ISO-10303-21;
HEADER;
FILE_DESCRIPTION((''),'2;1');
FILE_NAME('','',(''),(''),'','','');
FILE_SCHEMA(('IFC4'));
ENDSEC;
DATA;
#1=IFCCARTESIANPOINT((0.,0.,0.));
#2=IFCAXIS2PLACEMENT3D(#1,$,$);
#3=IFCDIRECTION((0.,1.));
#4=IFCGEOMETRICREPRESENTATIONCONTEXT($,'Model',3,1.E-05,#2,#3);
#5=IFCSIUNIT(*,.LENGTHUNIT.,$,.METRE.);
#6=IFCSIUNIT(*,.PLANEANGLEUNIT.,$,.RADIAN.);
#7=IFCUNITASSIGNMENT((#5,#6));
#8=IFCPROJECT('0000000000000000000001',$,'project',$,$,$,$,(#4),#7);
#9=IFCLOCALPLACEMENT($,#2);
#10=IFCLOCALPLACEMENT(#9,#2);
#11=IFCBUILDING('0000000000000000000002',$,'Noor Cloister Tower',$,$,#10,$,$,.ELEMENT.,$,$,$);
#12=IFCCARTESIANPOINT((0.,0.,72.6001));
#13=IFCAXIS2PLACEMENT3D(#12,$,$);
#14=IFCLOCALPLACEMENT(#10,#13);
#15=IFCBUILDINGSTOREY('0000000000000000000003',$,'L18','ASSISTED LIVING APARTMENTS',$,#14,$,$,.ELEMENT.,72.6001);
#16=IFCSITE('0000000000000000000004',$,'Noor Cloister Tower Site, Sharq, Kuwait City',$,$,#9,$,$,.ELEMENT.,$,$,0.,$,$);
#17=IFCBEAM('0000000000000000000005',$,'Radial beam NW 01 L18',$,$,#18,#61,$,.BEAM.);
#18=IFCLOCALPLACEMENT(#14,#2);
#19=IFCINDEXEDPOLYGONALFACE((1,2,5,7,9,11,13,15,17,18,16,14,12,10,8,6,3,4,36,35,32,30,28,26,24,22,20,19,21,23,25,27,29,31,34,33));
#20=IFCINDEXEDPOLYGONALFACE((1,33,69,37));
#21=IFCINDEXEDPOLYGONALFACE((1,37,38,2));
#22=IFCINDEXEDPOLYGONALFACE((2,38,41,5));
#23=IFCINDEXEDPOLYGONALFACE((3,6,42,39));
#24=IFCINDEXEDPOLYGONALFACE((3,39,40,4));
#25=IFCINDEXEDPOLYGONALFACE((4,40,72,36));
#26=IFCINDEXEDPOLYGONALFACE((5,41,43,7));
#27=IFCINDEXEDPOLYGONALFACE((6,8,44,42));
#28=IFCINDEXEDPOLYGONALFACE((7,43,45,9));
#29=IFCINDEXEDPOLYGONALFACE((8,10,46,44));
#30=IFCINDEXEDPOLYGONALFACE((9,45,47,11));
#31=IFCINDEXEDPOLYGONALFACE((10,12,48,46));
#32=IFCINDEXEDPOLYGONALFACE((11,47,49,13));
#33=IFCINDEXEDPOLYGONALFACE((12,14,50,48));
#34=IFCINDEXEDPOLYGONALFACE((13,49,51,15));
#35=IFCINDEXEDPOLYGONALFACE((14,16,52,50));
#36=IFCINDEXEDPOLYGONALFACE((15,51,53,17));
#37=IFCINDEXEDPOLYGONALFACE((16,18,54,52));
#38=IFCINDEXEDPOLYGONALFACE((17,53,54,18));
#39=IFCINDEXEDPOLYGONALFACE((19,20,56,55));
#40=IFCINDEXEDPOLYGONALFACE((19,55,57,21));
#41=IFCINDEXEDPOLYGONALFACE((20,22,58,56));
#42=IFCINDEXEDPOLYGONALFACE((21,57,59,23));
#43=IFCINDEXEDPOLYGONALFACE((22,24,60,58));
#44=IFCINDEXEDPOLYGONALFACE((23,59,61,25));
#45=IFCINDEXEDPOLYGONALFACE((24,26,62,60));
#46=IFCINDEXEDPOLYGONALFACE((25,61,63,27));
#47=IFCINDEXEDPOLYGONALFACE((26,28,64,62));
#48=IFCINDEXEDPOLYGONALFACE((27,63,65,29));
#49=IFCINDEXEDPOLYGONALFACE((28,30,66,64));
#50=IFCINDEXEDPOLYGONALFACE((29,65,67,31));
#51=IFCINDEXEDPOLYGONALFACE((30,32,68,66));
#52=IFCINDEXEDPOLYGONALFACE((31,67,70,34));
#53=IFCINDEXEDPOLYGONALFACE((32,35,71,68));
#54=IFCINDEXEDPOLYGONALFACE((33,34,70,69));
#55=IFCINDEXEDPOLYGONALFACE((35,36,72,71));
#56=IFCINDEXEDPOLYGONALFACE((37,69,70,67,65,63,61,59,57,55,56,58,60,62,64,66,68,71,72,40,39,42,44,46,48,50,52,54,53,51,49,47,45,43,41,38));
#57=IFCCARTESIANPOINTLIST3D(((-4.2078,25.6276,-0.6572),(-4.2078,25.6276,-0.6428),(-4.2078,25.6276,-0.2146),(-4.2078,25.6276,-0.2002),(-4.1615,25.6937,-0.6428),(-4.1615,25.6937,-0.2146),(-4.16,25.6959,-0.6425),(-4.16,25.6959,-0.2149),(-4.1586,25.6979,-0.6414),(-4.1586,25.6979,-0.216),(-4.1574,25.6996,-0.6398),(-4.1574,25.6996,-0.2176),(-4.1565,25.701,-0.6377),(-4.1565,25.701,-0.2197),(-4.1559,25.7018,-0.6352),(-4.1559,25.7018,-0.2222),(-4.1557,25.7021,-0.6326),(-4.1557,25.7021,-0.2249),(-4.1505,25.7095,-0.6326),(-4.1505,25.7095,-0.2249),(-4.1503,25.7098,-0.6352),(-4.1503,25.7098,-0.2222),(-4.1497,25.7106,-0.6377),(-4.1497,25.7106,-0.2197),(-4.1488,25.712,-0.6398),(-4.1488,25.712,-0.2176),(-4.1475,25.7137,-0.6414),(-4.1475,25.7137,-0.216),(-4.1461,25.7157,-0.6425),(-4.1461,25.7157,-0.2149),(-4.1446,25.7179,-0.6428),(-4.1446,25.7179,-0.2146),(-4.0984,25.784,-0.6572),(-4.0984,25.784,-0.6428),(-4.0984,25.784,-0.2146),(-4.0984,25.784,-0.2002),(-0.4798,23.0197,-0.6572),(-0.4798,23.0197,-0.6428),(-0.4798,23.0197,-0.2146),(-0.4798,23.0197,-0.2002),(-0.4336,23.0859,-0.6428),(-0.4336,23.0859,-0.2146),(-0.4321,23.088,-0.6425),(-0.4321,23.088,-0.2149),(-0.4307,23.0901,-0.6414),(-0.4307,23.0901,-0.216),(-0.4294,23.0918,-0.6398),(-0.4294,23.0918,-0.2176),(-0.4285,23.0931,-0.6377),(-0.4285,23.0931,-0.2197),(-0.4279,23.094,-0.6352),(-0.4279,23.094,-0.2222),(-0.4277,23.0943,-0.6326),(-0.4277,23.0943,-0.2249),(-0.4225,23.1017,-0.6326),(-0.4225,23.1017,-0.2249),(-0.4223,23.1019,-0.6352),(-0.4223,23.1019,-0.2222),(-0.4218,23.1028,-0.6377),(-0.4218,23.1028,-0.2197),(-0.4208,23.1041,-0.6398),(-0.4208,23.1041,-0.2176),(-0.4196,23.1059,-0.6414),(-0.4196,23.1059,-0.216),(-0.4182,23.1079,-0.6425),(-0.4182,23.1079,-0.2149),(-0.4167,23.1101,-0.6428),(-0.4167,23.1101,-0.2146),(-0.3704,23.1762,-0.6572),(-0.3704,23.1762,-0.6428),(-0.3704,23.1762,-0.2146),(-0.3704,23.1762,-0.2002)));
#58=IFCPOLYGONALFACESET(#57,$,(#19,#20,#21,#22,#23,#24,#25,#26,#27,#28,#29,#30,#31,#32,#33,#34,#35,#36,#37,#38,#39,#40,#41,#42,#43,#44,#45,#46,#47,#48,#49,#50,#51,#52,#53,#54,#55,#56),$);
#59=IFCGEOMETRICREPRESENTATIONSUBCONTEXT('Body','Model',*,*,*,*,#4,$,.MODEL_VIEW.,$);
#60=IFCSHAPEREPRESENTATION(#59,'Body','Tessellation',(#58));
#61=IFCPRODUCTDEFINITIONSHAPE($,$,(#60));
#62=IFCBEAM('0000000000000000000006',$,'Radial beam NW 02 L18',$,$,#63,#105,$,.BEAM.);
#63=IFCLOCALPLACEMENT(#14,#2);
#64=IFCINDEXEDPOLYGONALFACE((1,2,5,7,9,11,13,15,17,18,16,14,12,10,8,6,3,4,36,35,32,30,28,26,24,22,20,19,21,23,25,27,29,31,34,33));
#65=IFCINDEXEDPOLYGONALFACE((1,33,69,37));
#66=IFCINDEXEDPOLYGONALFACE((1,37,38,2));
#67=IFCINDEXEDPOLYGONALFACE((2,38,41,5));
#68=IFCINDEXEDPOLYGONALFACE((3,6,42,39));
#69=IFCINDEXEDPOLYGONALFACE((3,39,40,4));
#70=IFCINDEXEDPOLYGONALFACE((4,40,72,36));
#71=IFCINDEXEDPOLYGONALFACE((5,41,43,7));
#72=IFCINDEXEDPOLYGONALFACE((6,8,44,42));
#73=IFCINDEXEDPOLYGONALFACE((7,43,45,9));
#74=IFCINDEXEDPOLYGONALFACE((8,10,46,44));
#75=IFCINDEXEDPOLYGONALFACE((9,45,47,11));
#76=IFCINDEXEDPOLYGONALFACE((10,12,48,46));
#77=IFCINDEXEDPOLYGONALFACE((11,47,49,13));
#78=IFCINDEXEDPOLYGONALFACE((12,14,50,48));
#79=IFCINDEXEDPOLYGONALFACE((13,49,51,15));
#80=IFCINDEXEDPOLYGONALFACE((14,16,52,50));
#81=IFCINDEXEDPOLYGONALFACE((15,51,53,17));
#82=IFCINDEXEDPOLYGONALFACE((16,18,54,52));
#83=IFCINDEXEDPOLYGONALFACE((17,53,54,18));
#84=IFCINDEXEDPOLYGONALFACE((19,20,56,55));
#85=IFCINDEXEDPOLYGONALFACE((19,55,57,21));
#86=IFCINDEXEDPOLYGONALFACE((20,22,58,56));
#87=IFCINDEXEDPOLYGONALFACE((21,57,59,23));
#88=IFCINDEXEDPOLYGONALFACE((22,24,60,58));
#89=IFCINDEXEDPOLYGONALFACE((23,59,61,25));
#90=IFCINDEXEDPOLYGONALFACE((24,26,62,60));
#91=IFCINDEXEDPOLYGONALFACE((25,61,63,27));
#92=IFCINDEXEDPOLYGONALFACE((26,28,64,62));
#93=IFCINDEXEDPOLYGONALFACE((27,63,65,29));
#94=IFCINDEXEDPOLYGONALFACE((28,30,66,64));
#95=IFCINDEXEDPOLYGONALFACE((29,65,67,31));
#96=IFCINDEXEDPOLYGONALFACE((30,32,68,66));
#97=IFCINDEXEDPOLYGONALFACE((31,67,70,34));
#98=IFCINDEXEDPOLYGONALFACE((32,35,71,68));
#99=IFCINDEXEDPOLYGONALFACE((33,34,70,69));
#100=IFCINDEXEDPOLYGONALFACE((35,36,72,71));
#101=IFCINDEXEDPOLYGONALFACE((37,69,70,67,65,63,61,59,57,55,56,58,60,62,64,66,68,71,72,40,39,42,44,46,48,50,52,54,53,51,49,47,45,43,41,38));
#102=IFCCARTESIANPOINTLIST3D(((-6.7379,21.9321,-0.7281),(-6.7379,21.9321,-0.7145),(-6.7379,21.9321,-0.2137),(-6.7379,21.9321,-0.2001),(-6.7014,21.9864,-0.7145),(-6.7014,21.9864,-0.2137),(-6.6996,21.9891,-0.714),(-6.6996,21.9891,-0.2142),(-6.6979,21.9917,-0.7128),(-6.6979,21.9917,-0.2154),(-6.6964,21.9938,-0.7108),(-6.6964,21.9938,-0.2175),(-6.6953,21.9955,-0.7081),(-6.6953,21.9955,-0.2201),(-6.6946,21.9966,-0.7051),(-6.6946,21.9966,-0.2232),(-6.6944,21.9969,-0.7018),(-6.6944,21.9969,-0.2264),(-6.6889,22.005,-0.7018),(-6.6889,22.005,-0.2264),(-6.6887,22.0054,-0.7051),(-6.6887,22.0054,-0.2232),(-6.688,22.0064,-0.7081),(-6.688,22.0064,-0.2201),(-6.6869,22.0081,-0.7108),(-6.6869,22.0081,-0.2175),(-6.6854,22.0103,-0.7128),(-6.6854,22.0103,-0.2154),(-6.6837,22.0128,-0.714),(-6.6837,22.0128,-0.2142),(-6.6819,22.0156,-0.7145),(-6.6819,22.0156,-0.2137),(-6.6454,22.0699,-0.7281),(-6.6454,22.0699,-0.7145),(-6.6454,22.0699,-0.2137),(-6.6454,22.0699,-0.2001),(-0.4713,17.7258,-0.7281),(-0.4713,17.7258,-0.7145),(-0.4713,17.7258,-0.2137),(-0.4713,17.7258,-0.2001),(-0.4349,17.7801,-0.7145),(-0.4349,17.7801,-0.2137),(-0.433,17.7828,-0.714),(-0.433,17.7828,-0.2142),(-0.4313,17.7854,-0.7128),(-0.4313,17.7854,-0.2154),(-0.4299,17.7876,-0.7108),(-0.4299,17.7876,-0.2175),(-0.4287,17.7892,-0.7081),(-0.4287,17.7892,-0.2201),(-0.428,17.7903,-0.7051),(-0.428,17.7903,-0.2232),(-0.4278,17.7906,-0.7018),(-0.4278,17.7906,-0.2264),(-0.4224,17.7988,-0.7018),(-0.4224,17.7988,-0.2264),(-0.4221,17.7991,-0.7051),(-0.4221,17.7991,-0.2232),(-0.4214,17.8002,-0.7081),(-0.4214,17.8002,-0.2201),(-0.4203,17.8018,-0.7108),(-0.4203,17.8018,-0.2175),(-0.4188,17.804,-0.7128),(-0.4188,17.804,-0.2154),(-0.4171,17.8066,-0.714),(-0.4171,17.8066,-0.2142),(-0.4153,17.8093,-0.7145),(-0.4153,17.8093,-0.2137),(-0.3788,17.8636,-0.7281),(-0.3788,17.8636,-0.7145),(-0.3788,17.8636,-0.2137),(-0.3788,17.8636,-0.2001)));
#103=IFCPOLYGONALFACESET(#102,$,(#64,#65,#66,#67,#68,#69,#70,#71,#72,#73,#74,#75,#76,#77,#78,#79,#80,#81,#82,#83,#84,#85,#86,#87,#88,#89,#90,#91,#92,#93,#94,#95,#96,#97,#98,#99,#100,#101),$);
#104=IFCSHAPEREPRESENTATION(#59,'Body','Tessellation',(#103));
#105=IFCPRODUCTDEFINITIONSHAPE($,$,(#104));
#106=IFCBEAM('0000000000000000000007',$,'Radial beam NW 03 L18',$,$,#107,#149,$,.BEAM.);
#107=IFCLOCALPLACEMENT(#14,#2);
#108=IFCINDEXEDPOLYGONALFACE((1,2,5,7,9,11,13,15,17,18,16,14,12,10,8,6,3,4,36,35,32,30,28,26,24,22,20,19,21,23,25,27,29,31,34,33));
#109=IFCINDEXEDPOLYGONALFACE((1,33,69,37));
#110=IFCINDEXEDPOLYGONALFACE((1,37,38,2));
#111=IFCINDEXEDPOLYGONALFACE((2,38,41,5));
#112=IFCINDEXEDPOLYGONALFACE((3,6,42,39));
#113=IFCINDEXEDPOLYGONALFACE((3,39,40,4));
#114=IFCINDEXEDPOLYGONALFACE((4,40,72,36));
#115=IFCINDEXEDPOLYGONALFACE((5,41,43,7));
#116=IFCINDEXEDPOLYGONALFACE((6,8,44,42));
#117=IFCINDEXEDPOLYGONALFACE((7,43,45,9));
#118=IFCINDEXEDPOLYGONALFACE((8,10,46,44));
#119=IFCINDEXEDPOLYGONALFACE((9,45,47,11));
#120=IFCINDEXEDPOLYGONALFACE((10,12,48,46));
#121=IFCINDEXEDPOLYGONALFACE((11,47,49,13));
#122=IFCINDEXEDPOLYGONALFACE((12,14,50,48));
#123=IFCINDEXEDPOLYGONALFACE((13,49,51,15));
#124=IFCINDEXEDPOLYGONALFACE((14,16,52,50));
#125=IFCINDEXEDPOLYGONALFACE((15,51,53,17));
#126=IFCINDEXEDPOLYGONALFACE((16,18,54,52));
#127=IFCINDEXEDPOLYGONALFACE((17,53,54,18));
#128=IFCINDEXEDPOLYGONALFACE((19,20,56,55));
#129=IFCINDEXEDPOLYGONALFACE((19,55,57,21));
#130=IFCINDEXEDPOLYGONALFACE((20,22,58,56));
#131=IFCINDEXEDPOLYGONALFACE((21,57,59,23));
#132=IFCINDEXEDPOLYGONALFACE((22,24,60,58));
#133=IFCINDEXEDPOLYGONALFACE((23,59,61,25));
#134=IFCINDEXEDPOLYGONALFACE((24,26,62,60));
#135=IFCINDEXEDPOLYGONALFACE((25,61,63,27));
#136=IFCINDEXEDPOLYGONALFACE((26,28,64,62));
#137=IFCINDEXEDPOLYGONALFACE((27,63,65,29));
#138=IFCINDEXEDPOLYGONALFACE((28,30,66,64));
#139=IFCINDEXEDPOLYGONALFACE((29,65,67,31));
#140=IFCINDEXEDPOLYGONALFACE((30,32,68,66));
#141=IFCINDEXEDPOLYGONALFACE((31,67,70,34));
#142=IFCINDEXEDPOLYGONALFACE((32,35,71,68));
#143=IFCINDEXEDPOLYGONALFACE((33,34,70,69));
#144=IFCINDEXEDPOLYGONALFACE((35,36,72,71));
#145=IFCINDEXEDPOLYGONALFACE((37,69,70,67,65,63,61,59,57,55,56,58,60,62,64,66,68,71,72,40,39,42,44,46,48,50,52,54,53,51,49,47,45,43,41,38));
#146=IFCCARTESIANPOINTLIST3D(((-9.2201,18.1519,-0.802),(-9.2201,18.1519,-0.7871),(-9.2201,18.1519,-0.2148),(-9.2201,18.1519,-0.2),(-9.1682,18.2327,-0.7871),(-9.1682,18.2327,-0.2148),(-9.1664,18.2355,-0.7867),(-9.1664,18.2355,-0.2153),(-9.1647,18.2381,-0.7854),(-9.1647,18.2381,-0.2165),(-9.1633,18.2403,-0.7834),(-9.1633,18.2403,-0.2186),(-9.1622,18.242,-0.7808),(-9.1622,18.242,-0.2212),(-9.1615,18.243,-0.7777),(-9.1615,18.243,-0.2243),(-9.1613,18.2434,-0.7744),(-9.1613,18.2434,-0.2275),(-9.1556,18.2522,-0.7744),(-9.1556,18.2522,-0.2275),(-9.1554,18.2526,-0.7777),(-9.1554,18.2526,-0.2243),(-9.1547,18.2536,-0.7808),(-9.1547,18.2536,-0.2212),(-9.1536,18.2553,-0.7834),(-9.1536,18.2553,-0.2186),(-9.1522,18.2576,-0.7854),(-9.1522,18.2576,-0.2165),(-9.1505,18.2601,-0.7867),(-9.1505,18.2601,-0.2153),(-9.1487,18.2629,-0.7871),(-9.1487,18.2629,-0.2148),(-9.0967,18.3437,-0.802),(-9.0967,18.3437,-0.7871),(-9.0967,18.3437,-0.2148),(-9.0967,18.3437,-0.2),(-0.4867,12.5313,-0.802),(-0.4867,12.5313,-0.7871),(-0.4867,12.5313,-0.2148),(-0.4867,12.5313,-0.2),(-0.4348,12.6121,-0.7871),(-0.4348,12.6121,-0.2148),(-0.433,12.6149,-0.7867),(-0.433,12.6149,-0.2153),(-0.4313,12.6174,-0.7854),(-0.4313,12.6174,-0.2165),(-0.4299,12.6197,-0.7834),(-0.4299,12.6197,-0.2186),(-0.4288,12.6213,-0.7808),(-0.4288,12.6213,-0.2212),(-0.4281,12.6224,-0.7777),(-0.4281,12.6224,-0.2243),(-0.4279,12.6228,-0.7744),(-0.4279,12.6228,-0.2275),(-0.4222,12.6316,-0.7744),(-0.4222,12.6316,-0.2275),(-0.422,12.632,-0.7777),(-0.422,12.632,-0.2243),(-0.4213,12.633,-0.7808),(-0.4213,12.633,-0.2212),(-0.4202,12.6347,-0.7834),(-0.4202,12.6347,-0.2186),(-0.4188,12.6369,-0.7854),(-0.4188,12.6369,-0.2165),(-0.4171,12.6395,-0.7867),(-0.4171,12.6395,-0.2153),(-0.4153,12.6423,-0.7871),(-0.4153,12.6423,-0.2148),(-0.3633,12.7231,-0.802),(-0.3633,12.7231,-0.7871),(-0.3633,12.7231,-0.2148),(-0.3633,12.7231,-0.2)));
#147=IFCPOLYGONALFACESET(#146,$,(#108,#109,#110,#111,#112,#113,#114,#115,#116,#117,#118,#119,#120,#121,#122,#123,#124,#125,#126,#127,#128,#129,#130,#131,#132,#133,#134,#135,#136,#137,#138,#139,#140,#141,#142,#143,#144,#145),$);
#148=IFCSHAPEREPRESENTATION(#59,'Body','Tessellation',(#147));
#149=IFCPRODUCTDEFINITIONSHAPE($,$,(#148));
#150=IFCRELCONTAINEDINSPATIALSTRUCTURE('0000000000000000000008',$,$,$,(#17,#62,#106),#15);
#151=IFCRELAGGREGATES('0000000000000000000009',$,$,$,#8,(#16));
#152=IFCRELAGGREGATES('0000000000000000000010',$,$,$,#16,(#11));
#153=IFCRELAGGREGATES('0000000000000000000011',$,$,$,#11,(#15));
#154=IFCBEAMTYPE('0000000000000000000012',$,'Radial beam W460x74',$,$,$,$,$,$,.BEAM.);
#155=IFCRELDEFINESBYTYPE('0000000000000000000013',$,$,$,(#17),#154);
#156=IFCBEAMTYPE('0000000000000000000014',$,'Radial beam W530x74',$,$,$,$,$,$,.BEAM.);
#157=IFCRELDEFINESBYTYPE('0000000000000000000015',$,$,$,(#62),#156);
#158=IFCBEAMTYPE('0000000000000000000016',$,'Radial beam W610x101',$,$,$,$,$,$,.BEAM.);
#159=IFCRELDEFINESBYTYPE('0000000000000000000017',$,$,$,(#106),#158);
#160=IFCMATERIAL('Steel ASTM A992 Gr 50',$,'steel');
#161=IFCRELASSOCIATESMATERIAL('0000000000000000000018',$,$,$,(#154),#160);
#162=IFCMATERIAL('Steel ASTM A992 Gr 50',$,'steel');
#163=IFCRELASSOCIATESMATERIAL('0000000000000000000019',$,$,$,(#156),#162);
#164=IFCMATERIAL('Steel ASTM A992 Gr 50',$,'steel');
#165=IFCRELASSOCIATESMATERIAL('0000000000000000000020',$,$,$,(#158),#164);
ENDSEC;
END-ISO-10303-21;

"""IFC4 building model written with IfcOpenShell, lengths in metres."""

from ifc_helpers import new_model, si_unit, direction, frame, origin, origin_2d, place, context, subcontext, project, spatial, i_section, extrude, material, material_profile, profile_set, type_object, element, save


model = new_model("IFC4")

# Units and contexts
model_context = context("Model", 3, precision=1e-05, world=origin(), true_north=direction((0.0, 1.0)))
body_context = subcontext(model_context, "Body", "Model", "MODEL_VIEW")
ifc_project = project(units=[si_unit("LENGTHUNIT", "METRE"), si_unit("PLANEANGLEUNIT", "RADIAN")], contexts=[model_context])

# Site, building, storey
site_placement = place(None, origin())
site = spatial("IfcSite", under=ifc_project, at=site_placement, Name="Noor Cloister Tower Site, Sharq, Kuwait City", CompositionType="ELEMENT", RefElevation=0.0)
building_placement = place(site_placement, origin())
building = spatial("IfcBuilding", under=site, at=building_placement, Name="Noor Cloister Tower", CompositionType="ELEMENT")
storey_placement = place(building_placement, frame((0.0, 0.0, 72.6001)))
storey = spatial("IfcBuildingStorey", under=building, at=storey_placement, Name="L18", Description="ASSISTED LIVING APARTMENTS", CompositionType="ELEMENT", Elevation=72.6001)

# Beams
ifc_material_1 = material(Name="Steel ASTM A992 Gr 50", Category="steel")
ifc_material_profile_1 = material_profile(ifc_material_1, i_section(OverallWidth=0.1909, OverallDepth=0.457, WebThickness=0.009, FlangeThickness=0.0144, FilletRadius=0.0103, at=origin_2d()), Name="W460x74")
ifc_profile_set_1 = profile_set([ifc_material_profile_1], Name="Steel ASTM A992 Gr 50")
beam_type_1 = type_object("IfcBeamType", Name="Radial beam W460x74", PredefinedType="BEAM", material=ifc_profile_set_1)
beam_1_placement = place(storey_placement, frame((-4.1531, 25.7058, -0.4287), z_axis=(0.819408, -0.57321, 0.0), x_axis=(0.57321, 0.819408, 0.0)))
element("IfcBeam", 1, at=beam_1_placement, inside=storey, type_object=beam_type_1, Name="Radial beam NW 01 L18", PredefinedType="BEAM", context=body_context, shape_type="SweptSolid", body=[
    extrude(i_section(OverallWidth=0.1909, OverallDepth=0.457, WebThickness=0.009, FlangeThickness=0.0144, FilletRadius=0.0103, at=origin_2d()), origin(), (0.0, 0.0, 1.0), 4.5496),
])
ifc_material_2 = material(Name="Steel ASTM A992 Gr 50", Category="steel")
ifc_material_profile_2 = material_profile(ifc_material_2, i_section(OverallWidth=0.166, OverallDepth=0.5281, WebThickness=0.0098, FlangeThickness=0.0137, FilletRadius=0.0127, at=origin_2d()), Name="W530x74")
ifc_profile_set_2 = profile_set([ifc_material_profile_2], Name="Steel ASTM A992 Gr 50")
beam_type_2 = type_object("IfcBeamType", Name="Radial beam W530x74", PredefinedType="BEAM", material=ifc_profile_set_2)
beam_2_placement = place(storey_placement, frame((-6.6917, 22.001, -0.4641), z_axis=(0.830299, -0.557318, 0.0), x_axis=(0.557318, 0.830299, 0.0)))
element("IfcBeam", 2, at=beam_2_placement, inside=storey, type_object=beam_type_2, Name="Radial beam NW 02 L18", PredefinedType="BEAM", context=body_context, shape_type="SweptSolid", body=[
    extrude(i_section(OverallWidth=0.166, OverallDepth=0.5281, WebThickness=0.0098, FlangeThickness=0.0137, FilletRadius=0.0127, at=origin_2d()), origin(), (0.0, 0.0, 1.0), 7.5474),
])
ifc_material_3 = material(Name="Steel ASTM A992 Gr 50", Category="steel")
ifc_material_profile_3 = material_profile(ifc_material_3, i_section(OverallWidth=0.228, OverallDepth=0.6021, WebThickness=0.0105, FlangeThickness=0.0149, FilletRadius=0.0127, at=origin_2d()), Name="W610x101")
ifc_profile_set_3 = profile_set([ifc_material_profile_3], Name="Steel ASTM A992 Gr 50")
beam_type_3 = type_object("IfcBeamType", Name="Radial beam W610x101", PredefinedType="BEAM", material=ifc_profile_set_3)
beam_3_placement = place(storey_placement, frame((-9.1584, 18.2478, -0.501), z_axis=(0.840903, -0.541185, 0.0), x_axis=(0.541185, 0.840903, 0.0)))
element("IfcBeam", 3, at=beam_3_placement, inside=storey, type_object=beam_type_3, Name="Radial beam NW 03 L18", PredefinedType="BEAM", context=body_context, shape_type="SweptSolid", body=[
    extrude(i_section(OverallWidth=0.228, OverallDepth=0.6021, WebThickness=0.0105, FlangeThickness=0.0149, FilletRadius=0.0127, at=origin_2d()), origin(), (0.0, 0.0, 1.0), 10.3857),
])

save(model, "model.ifc")
